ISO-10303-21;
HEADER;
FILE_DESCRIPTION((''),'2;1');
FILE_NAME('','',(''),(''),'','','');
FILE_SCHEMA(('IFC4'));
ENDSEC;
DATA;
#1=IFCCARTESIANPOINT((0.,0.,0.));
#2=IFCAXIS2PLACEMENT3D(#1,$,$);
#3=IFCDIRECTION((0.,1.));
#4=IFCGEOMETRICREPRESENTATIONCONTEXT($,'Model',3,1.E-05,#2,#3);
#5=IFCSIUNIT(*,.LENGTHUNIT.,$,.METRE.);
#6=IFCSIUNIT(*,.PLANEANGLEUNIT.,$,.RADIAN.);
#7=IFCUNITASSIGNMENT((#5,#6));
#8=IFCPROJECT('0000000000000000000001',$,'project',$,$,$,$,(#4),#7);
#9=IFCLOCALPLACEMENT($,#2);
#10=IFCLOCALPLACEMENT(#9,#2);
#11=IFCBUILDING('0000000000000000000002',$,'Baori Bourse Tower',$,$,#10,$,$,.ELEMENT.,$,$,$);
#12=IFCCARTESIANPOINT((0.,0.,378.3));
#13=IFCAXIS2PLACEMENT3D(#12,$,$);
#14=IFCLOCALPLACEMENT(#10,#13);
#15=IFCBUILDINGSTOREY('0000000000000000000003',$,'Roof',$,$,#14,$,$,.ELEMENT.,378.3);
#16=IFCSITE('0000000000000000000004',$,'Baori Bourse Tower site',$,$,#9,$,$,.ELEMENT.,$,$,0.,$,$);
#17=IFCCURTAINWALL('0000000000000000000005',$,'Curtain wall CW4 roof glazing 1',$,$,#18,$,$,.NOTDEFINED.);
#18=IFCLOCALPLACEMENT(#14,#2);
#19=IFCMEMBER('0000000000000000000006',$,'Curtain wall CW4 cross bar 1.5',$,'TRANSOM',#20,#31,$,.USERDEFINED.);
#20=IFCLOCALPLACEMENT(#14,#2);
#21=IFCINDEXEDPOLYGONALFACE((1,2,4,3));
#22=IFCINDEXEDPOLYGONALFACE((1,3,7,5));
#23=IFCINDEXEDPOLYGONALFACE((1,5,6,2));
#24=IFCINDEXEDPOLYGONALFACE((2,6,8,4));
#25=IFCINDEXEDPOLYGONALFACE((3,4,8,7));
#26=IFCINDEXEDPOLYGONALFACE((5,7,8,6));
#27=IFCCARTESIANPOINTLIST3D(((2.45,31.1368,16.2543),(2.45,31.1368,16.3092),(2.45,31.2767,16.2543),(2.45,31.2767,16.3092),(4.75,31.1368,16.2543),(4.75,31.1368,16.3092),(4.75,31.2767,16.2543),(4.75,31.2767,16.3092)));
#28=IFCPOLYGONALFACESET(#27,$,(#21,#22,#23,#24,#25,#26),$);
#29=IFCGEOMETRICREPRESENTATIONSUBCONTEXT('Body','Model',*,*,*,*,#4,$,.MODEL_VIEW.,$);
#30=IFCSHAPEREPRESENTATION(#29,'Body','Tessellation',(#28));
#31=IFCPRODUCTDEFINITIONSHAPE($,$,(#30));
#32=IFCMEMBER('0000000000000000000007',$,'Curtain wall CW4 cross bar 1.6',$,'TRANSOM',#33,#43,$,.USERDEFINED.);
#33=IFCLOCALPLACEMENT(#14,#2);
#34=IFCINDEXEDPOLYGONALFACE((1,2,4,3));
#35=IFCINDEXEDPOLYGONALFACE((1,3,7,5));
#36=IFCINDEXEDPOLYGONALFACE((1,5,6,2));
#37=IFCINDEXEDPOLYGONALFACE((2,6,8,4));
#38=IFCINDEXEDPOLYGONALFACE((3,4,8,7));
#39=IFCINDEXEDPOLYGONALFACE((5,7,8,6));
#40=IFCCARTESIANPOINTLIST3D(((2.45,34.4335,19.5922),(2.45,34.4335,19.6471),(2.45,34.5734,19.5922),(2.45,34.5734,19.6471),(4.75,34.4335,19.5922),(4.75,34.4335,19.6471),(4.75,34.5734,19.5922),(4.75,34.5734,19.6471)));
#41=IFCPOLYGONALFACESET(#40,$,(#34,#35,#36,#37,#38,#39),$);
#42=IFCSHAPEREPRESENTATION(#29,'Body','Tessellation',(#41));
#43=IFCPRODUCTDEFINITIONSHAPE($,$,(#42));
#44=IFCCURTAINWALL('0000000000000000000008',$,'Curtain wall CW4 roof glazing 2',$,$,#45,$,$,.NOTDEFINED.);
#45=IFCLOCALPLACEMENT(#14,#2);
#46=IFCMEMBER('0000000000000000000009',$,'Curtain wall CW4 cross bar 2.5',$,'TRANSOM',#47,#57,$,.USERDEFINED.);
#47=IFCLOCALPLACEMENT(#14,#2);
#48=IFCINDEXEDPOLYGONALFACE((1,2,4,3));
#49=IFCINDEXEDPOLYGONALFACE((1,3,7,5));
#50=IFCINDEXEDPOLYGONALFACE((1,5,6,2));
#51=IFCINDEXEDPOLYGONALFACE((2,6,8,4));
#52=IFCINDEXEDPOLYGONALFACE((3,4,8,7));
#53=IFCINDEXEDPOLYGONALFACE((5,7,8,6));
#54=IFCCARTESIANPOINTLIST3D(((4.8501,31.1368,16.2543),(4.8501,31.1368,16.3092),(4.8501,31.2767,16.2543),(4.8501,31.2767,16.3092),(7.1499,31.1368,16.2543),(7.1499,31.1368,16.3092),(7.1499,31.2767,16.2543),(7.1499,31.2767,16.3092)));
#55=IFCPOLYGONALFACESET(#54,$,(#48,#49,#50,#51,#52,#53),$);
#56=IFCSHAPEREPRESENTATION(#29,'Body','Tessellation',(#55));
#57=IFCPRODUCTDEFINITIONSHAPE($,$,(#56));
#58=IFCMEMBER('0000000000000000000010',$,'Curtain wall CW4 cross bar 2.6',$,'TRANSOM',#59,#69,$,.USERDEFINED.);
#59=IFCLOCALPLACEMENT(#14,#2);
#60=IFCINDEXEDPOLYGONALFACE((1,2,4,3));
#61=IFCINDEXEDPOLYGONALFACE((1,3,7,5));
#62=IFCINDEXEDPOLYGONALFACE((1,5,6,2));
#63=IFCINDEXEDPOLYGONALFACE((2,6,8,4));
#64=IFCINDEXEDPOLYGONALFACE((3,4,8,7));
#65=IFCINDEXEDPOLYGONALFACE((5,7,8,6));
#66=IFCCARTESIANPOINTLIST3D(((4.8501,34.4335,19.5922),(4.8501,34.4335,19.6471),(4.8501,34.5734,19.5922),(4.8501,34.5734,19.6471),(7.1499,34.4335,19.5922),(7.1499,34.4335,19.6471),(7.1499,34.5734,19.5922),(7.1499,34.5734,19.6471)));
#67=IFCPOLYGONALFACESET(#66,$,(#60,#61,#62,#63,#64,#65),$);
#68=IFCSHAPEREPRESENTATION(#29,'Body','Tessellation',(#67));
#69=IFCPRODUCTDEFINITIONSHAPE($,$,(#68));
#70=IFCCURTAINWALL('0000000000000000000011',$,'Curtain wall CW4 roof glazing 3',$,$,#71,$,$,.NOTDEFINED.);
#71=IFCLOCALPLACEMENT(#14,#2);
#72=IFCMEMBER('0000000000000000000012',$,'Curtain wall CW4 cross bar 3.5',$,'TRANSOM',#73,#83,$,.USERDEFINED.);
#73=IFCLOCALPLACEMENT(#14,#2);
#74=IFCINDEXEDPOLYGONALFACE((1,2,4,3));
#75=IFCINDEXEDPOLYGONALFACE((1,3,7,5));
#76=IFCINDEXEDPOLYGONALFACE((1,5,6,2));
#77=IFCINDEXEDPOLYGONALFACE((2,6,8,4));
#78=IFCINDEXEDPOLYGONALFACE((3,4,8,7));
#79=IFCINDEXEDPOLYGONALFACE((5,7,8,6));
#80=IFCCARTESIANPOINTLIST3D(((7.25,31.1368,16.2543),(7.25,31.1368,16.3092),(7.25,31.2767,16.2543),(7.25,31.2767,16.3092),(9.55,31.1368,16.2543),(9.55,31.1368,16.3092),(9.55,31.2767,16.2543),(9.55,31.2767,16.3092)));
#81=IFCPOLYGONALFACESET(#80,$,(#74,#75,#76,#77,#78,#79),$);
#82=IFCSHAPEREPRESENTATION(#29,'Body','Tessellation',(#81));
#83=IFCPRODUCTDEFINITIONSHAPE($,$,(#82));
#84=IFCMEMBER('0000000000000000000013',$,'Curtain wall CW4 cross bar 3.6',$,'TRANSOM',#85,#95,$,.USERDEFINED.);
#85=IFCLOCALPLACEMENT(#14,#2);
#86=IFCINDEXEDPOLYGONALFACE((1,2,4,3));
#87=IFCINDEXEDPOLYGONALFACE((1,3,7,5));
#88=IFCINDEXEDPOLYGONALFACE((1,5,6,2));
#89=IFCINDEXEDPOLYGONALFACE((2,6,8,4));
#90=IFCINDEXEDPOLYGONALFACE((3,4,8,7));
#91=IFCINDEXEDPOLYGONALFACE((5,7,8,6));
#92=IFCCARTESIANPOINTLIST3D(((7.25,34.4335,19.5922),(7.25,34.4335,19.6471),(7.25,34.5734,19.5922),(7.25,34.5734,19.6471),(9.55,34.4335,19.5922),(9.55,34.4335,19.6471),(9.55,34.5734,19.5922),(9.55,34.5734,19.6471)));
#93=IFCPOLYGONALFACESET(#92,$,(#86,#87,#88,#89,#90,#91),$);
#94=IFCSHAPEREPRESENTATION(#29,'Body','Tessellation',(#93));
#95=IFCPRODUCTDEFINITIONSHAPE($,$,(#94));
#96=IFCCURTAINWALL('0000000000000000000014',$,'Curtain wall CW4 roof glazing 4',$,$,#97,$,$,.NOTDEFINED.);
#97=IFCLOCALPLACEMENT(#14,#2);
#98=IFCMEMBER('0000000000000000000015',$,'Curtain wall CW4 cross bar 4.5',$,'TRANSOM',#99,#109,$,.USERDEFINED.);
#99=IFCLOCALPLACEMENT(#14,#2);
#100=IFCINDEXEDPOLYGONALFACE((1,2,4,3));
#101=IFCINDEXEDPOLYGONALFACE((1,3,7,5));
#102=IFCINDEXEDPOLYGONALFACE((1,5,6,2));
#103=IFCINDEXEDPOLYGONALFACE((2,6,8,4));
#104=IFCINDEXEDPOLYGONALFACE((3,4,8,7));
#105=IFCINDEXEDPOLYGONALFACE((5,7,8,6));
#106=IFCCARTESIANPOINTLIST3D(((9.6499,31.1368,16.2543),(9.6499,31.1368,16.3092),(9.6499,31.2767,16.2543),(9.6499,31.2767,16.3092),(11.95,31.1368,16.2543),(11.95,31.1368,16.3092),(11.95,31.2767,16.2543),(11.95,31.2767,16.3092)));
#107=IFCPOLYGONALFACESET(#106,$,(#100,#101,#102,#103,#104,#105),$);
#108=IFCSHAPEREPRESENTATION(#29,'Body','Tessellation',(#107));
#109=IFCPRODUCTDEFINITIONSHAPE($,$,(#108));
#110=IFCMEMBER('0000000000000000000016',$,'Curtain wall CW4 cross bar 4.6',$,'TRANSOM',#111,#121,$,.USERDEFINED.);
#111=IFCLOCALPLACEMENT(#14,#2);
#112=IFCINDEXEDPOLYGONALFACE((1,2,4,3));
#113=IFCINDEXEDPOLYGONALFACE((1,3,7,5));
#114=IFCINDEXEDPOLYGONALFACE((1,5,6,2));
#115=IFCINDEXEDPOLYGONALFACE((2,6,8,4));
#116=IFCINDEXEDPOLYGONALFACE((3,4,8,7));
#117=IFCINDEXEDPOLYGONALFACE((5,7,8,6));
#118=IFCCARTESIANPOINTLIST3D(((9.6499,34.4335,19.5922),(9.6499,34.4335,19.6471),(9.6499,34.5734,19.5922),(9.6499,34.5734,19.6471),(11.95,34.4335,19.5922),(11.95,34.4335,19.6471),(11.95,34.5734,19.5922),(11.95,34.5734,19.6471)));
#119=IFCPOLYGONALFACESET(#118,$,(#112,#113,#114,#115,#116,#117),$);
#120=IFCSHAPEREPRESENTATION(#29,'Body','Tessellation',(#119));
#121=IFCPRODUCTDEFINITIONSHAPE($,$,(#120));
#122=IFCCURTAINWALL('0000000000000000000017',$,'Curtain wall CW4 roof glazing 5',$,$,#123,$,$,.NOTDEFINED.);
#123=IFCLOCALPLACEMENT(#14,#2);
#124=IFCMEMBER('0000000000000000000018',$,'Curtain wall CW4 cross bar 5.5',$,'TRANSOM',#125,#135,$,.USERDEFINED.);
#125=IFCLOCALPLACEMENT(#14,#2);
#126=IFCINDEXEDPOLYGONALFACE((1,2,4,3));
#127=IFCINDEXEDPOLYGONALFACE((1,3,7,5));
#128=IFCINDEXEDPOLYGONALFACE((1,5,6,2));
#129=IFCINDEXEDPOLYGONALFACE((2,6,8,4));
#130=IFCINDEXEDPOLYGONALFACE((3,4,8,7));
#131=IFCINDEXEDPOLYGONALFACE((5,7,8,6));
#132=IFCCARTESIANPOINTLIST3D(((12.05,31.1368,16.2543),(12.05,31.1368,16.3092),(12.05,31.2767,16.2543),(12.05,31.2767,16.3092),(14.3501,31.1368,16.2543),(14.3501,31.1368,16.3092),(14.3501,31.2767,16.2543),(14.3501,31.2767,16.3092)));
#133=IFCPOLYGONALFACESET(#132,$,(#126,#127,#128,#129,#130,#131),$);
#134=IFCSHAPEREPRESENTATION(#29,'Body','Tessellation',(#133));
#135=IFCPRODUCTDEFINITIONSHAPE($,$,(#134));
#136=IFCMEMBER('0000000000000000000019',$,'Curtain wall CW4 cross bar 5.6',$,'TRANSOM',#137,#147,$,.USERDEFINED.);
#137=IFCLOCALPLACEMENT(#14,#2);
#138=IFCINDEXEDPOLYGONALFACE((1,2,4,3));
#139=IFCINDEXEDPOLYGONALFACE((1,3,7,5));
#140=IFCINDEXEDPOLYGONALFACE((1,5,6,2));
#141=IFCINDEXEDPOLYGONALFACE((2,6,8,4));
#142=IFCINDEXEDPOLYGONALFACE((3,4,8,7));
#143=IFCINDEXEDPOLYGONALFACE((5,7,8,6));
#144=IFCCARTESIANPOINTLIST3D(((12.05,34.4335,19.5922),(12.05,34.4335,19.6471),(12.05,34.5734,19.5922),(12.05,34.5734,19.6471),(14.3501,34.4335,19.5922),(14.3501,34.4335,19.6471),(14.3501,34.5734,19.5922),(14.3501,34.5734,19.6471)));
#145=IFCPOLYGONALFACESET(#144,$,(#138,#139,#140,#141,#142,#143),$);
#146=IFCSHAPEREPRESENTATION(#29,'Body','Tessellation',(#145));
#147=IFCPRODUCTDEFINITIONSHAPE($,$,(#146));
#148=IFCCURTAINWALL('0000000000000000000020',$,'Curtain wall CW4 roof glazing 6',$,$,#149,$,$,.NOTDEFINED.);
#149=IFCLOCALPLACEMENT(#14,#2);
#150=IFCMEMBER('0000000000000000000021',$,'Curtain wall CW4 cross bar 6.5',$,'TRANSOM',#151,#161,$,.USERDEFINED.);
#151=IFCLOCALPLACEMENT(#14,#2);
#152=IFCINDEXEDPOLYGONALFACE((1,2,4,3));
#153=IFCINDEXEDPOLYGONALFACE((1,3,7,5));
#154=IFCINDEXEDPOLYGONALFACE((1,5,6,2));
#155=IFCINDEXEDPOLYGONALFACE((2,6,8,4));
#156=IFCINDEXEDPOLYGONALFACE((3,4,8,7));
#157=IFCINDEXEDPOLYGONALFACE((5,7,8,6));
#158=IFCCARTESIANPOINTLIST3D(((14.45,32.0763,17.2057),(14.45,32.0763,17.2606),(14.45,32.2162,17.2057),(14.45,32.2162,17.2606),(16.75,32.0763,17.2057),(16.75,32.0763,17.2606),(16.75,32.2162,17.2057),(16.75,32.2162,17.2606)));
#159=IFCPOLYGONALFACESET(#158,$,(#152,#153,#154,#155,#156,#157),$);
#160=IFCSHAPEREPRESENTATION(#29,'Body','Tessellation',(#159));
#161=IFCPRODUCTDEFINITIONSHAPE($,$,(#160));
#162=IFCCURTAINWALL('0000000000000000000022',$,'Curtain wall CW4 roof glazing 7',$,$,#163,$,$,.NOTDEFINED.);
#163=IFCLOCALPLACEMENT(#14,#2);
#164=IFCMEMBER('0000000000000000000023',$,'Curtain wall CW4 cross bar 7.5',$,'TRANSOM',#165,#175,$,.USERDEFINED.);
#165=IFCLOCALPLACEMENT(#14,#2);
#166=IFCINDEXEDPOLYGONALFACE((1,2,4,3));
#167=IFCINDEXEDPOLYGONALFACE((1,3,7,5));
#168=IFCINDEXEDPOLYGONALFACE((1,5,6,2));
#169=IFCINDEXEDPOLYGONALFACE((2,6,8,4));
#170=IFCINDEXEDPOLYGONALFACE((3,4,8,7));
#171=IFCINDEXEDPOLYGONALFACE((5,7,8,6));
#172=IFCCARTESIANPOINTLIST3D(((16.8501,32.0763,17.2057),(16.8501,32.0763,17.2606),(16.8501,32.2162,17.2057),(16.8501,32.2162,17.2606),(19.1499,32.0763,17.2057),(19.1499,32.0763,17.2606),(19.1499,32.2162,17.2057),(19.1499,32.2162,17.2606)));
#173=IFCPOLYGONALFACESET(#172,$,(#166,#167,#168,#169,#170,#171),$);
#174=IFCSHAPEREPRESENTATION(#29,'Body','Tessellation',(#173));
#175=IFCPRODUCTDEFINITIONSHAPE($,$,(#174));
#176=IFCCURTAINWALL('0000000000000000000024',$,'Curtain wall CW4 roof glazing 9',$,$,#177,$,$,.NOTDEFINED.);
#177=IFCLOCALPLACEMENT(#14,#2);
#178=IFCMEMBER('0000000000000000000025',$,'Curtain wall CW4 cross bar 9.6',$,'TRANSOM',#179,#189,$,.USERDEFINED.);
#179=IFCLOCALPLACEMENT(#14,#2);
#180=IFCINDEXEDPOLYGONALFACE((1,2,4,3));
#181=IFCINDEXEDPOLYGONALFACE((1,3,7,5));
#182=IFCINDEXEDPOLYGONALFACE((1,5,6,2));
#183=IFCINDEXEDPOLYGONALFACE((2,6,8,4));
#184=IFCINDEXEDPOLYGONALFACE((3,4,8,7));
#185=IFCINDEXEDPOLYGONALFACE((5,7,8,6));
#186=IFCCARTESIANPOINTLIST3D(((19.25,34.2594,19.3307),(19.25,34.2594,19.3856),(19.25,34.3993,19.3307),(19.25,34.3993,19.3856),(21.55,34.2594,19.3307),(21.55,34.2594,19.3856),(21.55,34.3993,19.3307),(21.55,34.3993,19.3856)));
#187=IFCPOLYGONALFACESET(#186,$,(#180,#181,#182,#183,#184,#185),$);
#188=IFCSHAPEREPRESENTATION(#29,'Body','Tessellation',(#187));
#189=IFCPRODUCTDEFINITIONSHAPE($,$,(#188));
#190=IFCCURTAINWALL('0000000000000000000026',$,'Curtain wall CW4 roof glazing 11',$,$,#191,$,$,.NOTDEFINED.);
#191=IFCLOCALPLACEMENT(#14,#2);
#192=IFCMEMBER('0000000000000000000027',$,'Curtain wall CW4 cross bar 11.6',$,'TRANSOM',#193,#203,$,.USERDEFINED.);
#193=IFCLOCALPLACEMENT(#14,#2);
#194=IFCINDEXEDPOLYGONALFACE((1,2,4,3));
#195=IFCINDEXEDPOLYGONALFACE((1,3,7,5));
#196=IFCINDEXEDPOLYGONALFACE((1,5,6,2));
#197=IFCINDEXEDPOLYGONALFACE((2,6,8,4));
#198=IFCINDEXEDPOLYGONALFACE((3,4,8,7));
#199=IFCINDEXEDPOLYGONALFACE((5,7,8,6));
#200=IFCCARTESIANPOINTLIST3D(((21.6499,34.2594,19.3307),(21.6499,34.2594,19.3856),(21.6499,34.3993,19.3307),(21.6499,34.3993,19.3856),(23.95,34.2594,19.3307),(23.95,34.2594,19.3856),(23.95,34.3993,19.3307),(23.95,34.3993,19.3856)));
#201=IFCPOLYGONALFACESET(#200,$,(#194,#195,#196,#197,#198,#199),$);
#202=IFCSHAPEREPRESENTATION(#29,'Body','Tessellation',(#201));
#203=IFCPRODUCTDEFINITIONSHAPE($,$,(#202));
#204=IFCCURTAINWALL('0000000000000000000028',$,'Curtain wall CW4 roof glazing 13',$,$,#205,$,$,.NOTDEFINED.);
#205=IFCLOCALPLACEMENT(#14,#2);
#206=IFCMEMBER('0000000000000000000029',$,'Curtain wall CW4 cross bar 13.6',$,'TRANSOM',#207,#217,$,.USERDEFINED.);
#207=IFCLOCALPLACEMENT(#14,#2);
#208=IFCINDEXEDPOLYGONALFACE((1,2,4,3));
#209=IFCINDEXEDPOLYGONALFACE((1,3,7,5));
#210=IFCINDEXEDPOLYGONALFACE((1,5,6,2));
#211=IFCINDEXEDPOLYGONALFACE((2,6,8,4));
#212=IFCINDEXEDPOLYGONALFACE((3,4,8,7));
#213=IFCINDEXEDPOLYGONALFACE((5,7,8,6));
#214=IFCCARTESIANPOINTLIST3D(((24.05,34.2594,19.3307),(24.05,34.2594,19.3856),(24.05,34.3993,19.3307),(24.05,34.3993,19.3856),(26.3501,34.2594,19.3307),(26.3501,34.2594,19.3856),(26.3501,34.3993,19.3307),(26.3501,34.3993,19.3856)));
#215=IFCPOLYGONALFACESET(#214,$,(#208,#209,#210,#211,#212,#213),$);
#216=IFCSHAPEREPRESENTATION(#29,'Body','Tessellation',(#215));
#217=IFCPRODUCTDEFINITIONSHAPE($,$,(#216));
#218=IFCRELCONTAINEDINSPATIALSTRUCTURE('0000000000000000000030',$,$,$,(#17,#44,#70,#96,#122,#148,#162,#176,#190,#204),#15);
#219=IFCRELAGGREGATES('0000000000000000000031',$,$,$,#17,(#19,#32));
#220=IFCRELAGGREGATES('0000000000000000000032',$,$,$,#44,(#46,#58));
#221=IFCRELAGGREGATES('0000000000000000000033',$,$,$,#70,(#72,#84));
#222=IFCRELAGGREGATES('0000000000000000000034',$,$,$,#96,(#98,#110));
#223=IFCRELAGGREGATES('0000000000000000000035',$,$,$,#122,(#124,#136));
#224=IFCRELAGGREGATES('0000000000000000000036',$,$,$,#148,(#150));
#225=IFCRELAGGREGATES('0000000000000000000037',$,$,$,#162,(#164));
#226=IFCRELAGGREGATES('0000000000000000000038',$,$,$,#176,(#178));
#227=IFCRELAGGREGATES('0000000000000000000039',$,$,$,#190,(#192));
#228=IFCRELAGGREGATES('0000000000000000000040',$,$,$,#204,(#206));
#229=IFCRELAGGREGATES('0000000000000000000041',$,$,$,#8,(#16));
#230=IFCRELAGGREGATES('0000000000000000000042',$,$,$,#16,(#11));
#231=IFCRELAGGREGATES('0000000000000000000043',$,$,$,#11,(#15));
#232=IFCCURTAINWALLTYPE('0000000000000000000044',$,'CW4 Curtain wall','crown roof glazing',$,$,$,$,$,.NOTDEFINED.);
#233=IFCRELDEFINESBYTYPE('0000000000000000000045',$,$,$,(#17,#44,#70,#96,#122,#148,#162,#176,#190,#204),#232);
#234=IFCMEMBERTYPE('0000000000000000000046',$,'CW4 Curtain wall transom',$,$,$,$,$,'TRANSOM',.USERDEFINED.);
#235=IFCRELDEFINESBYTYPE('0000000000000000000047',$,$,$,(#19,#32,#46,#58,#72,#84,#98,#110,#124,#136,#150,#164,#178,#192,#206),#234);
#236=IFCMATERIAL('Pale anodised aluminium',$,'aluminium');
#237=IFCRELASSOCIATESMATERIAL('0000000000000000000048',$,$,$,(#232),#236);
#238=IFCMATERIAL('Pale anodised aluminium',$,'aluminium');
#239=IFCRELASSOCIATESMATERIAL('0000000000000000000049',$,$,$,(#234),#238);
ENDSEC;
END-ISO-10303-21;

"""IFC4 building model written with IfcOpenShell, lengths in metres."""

from ifc_helpers import new_model, si_unit, direction, frame, origin, origin_2d, place, context, subcontext, project, spatial, rectangle, extrude, material, material_profile, profile_set, type_object, element, aggregate, save


model = new_model("IFC4")

# Units and contexts
model_context = context("Model", 3, precision=1e-05, world=origin(), true_north=direction((0.0, 1.0)))
body_context = subcontext(model_context, "Body", "Model", "MODEL_VIEW")
ifc_project = project(units=[si_unit("LENGTHUNIT", "METRE"), si_unit("PLANEANGLEUNIT", "RADIAN")], contexts=[model_context])

# Site, building, storey
site_placement = place(None, origin())
site = spatial("IfcSite", under=ifc_project, at=site_placement, Name="Baori Bourse Tower site", CompositionType="ELEMENT", RefElevation=0.0)
building_placement = place(site_placement, origin())
building = spatial("IfcBuilding", under=site, at=building_placement, Name="Baori Bourse Tower", CompositionType="ELEMENT")
storey_placement = place(building_placement, frame((0.0, 0.0, 378.3)))
storey = spatial("IfcBuildingStorey", under=building, at=storey_placement, Name="Roof", CompositionType="ELEMENT", Elevation=378.3)

# Curtain walls, members
ifc_material_1 = material(Name="Pale anodised aluminium", Category="aluminium")
curtain_wall_type = type_object("IfcCurtainWallType", Name="CW4 Curtain wall", Description="crown roof glazing", PredefinedType="NOTDEFINED", material=ifc_material_1)
curtain_wall_1_placement = place(storey_placement, origin())
curtain_wall_1 = element("IfcCurtainWall", 1, at=curtain_wall_1_placement, inside=storey, type_object=curtain_wall_type, Name="Curtain wall CW4 roof glazing 1", PredefinedType="NOTDEFINED")
ifc_material_2 = material(Name="Pale anodised aluminium", Category="aluminium")
ifc_material_profile_1 = material_profile(ifc_material_2, rectangle(XDim=0.1399, YDim=0.0549, at=origin_2d()), Name="Transom 55x140")
ifc_profile_set_1 = profile_set([ifc_material_profile_1], Name="Pale anodised aluminium")
member_type = type_object("IfcMemberType", Name="CW4 Curtain wall transom", ElementType="TRANSOM", PredefinedType="USERDEFINED", material=ifc_profile_set_1)
member_1_placement = place(storey_placement, frame((2.45, 31.2068, 16.2817), z_axis=(1.0, 0.0, 0.0), x_axis=(0.0, 1.0, 0.0)))
member_1 = element("IfcMember", 2, at=member_1_placement, type_object=member_type, Name="Curtain wall CW4 cross bar 1.5", ObjectType="TRANSOM", PredefinedType="USERDEFINED", context=body_context, shape_type="SweptSolid", body=[
    extrude(rectangle(XDim=0.1399, YDim=0.0549, at=origin_2d()), origin(), (0.0, 0.0, 1.0), 2.3),
])
member_2_placement = place(storey_placement, frame((2.45, 34.5034, 19.6196), z_axis=(1.0, 0.0, 0.0), x_axis=(0.0, 1.0, 0.0)))
member_2 = element("IfcMember", 3, at=member_2_placement, type_object=member_type, Name="Curtain wall CW4 cross bar 1.6", ObjectType="TRANSOM", PredefinedType="USERDEFINED", context=body_context, shape_type="SweptSolid", body=[
    extrude(rectangle(XDim=0.1399, YDim=0.0549, at=origin_2d()), origin(), (0.0, 0.0, 1.0), 2.3),
])
curtain_wall_2_placement = place(storey_placement, origin())
curtain_wall_2 = element("IfcCurtainWall", 4, at=curtain_wall_2_placement, inside=storey, type_object=curtain_wall_type, Name="Curtain wall CW4 roof glazing 2", PredefinedType="NOTDEFINED")
member_3_placement = place(storey_placement, frame((4.8501, 31.2068, 16.2817), z_axis=(1.0, 0.0, 0.0), x_axis=(0.0, 1.0, 0.0)))
member_3 = element("IfcMember", 5, at=member_3_placement, type_object=member_type, Name="Curtain wall CW4 cross bar 2.5", ObjectType="TRANSOM", PredefinedType="USERDEFINED", context=body_context, shape_type="SweptSolid", body=[
    extrude(rectangle(XDim=0.1399, YDim=0.0549, at=origin_2d()), origin(), (0.0, 0.0, 1.0), 2.2998),
])
member_4_placement = place(storey_placement, frame((4.8501, 34.5034, 19.6196), z_axis=(1.0, 0.0, 0.0), x_axis=(0.0, 1.0, 0.0)))
member_4 = element("IfcMember", 6, at=member_4_placement, type_object=member_type, Name="Curtain wall CW4 cross bar 2.6", ObjectType="TRANSOM", PredefinedType="USERDEFINED", context=body_context, shape_type="SweptSolid", body=[
    extrude(rectangle(XDim=0.1399, YDim=0.0549, at=origin_2d()), origin(), (0.0, 0.0, 1.0), 2.2998),
])
curtain_wall_3_placement = place(storey_placement, origin())
curtain_wall_3 = element("IfcCurtainWall", 7, at=curtain_wall_3_placement, inside=storey, type_object=curtain_wall_type, Name="Curtain wall CW4 roof glazing 3", PredefinedType="NOTDEFINED")
member_5_placement = place(storey_placement, frame((7.25, 31.2068, 16.2817), z_axis=(1.0, 0.0, 0.0), x_axis=(0.0, 1.0, 0.0)))
member_5 = element("IfcMember", 8, at=member_5_placement, type_object=member_type, Name="Curtain wall CW4 cross bar 3.5", ObjectType="TRANSOM", PredefinedType="USERDEFINED", context=body_context, shape_type="SweptSolid", body=[
    extrude(rectangle(XDim=0.1399, YDim=0.0549, at=origin_2d()), origin(), (0.0, 0.0, 1.0), 2.3),
])
member_6_placement = place(storey_placement, frame((7.25, 34.5034, 19.6196), z_axis=(1.0, 0.0, 0.0), x_axis=(0.0, 1.0, 0.0)))
member_6 = element("IfcMember", 9, at=member_6_placement, type_object=member_type, Name="Curtain wall CW4 cross bar 3.6", ObjectType="TRANSOM", PredefinedType="USERDEFINED", context=body_context, shape_type="SweptSolid", body=[
    extrude(rectangle(XDim=0.1399, YDim=0.0549, at=origin_2d()), origin(), (0.0, 0.0, 1.0), 2.3),
])
curtain_wall_4_placement = place(storey_placement, origin())
curtain_wall_4 = element("IfcCurtainWall", 10, at=curtain_wall_4_placement, inside=storey, type_object=curtain_wall_type, Name="Curtain wall CW4 roof glazing 4", PredefinedType="NOTDEFINED")
member_7_placement = place(storey_placement, frame((9.6499, 31.2068, 16.2817), z_axis=(1.0, 0.0, 0.0), x_axis=(0.0, 1.0, 0.0)))
member_7 = element("IfcMember", 11, at=member_7_placement, type_object=member_type, Name="Curtain wall CW4 cross bar 4.5", ObjectType="TRANSOM", PredefinedType="USERDEFINED", context=body_context, shape_type="SweptSolid", body=[
    extrude(rectangle(XDim=0.1399, YDim=0.0549, at=origin_2d()), origin(), (0.0, 0.0, 1.0), 2.3),
])
member_8_placement = place(storey_placement, frame((9.6499, 34.5034, 19.6196), z_axis=(1.0, 0.0, 0.0), x_axis=(0.0, 1.0, 0.0)))
member_8 = element("IfcMember", 12, at=member_8_placement, type_object=member_type, Name="Curtain wall CW4 cross bar 4.6", ObjectType="TRANSOM", PredefinedType="USERDEFINED", context=body_context, shape_type="SweptSolid", body=[
    extrude(rectangle(XDim=0.1399, YDim=0.0549, at=origin_2d()), origin(), (0.0, 0.0, 1.0), 2.3),
])
curtain_wall_5_placement = place(storey_placement, origin())
curtain_wall_5 = element("IfcCurtainWall", 13, at=curtain_wall_5_placement, inside=storey, type_object=curtain_wall_type, Name="Curtain wall CW4 roof glazing 5", PredefinedType="NOTDEFINED")
member_9_placement = place(storey_placement, frame((12.05, 31.2068, 16.2817), z_axis=(1.0, 0.0, 0.0), x_axis=(0.0, 1.0, 0.0)))
member_9 = element("IfcMember", 14, at=member_9_placement, type_object=member_type, Name="Curtain wall CW4 cross bar 5.5", ObjectType="TRANSOM", PredefinedType="USERDEFINED", context=body_context, shape_type="SweptSolid", body=[
    extrude(rectangle(XDim=0.1399, YDim=0.0549, at=origin_2d()), origin(), (0.0, 0.0, 1.0), 2.3),
])
member_10_placement = place(storey_placement, frame((12.05, 34.5034, 19.6196), z_axis=(1.0, 0.0, 0.0), x_axis=(0.0, 1.0, 0.0)))
member_10 = element("IfcMember", 15, at=member_10_placement, type_object=member_type, Name="Curtain wall CW4 cross bar 5.6", ObjectType="TRANSOM", PredefinedType="USERDEFINED", context=body_context, shape_type="SweptSolid", body=[
    extrude(rectangle(XDim=0.1399, YDim=0.0549, at=origin_2d()), origin(), (0.0, 0.0, 1.0), 2.3),
])

# Curtain walls, members
curtain_wall_6_placement = place(storey_placement, origin())
curtain_wall_6 = element("IfcCurtainWall", 16, at=curtain_wall_6_placement, inside=storey, type_object=curtain_wall_type, Name="Curtain wall CW4 roof glazing 6", PredefinedType="NOTDEFINED")
member_11_placement = place(storey_placement, frame((14.45, 32.1462, 17.2332), z_axis=(1.0, 0.0, 0.0), x_axis=(0.0, 1.0, 0.0)))
member_11 = element("IfcMember", 17, at=member_11_placement, type_object=member_type, Name="Curtain wall CW4 cross bar 6.5", ObjectType="TRANSOM", PredefinedType="USERDEFINED", context=body_context, shape_type="SweptSolid", body=[
    extrude(rectangle(XDim=0.1399, YDim=0.0549, at=origin_2d()), origin(), (0.0, 0.0, 1.0), 2.3),
])
curtain_wall_7_placement = place(storey_placement, origin())
curtain_wall_7 = element("IfcCurtainWall", 18, at=curtain_wall_7_placement, inside=storey, type_object=curtain_wall_type, Name="Curtain wall CW4 roof glazing 7", PredefinedType="NOTDEFINED")
member_12_placement = place(storey_placement, frame((16.8501, 32.1462, 17.2332), z_axis=(1.0, 0.0, 0.0), x_axis=(0.0, 1.0, 0.0)))
member_12 = element("IfcMember", 19, at=member_12_placement, type_object=member_type, Name="Curtain wall CW4 cross bar 7.5", ObjectType="TRANSOM", PredefinedType="USERDEFINED", context=body_context, shape_type="SweptSolid", body=[
    extrude(rectangle(XDim=0.1399, YDim=0.0549, at=origin_2d()), origin(), (0.0, 0.0, 1.0), 2.2998),
])
curtain_wall_8_placement = place(storey_placement, origin())
curtain_wall_8 = element("IfcCurtainWall", 20, at=curtain_wall_8_placement, inside=storey, type_object=curtain_wall_type, Name="Curtain wall CW4 roof glazing 9", PredefinedType="NOTDEFINED")
member_13_placement = place(storey_placement, frame((19.25, 34.3293, 19.3582), z_axis=(1.0, 0.0, 0.0), x_axis=(0.0, 1.0, 0.0)))
member_13 = element("IfcMember", 21, at=member_13_placement, type_object=member_type, Name="Curtain wall CW4 cross bar 9.6", ObjectType="TRANSOM", PredefinedType="USERDEFINED", context=body_context, shape_type="SweptSolid", body=[
    extrude(rectangle(XDim=0.1399, YDim=0.0549, at=origin_2d()), origin(), (0.0, 0.0, 1.0), 2.3),
])
curtain_wall_9_placement = place(storey_placement, origin())
curtain_wall_9 = element("IfcCurtainWall", 22, at=curtain_wall_9_placement, inside=storey, type_object=curtain_wall_type, Name="Curtain wall CW4 roof glazing 11", PredefinedType="NOTDEFINED")
member_14_placement = place(storey_placement, frame((21.6499, 34.3293, 19.3582), z_axis=(1.0, 0.0, 0.0), x_axis=(0.0, 1.0, 0.0)))
member_14 = element("IfcMember", 23, at=member_14_placement, type_object=member_type, Name="Curtain wall CW4 cross bar 11.6", ObjectType="TRANSOM", PredefinedType="USERDEFINED", context=body_context, shape_type="SweptSolid", body=[
    extrude(rectangle(XDim=0.1399, YDim=0.0549, at=origin_2d()), origin(), (0.0, 0.0, 1.0), 2.3),
])
curtain_wall_10_placement = place(storey_placement, origin())
curtain_wall_10 = element("IfcCurtainWall", 24, at=curtain_wall_10_placement, inside=storey, type_object=curtain_wall_type, Name="Curtain wall CW4 roof glazing 13", PredefinedType="NOTDEFINED")
member_15_placement = place(storey_placement, frame((24.05, 34.3293, 19.3582), z_axis=(1.0, 0.0, 0.0), x_axis=(0.0, 1.0, 0.0)))
member_15 = element("IfcMember", 25, at=member_15_placement, type_object=member_type, Name="Curtain wall CW4 cross bar 13.6", ObjectType="TRANSOM", PredefinedType="USERDEFINED", context=body_context, shape_type="SweptSolid", body=[
    extrude(rectangle(XDim=0.1399, YDim=0.0549, at=origin_2d()), origin(), (0.0, 0.0, 1.0), 2.3),
])

aggregate(curtain_wall_1, [member_1, member_2])
aggregate(curtain_wall_2, [member_3, member_4])
aggregate(curtain_wall_3, [member_5, member_6])
aggregate(curtain_wall_4, [member_7, member_8])
aggregate(curtain_wall_5, [member_9, member_10])
aggregate(curtain_wall_6, [member_11])
aggregate(curtain_wall_7, [member_12])
aggregate(curtain_wall_8, [member_13])
aggregate(curtain_wall_9, [member_14])
aggregate(curtain_wall_10, [member_15])

save(model, "model.ifc")
